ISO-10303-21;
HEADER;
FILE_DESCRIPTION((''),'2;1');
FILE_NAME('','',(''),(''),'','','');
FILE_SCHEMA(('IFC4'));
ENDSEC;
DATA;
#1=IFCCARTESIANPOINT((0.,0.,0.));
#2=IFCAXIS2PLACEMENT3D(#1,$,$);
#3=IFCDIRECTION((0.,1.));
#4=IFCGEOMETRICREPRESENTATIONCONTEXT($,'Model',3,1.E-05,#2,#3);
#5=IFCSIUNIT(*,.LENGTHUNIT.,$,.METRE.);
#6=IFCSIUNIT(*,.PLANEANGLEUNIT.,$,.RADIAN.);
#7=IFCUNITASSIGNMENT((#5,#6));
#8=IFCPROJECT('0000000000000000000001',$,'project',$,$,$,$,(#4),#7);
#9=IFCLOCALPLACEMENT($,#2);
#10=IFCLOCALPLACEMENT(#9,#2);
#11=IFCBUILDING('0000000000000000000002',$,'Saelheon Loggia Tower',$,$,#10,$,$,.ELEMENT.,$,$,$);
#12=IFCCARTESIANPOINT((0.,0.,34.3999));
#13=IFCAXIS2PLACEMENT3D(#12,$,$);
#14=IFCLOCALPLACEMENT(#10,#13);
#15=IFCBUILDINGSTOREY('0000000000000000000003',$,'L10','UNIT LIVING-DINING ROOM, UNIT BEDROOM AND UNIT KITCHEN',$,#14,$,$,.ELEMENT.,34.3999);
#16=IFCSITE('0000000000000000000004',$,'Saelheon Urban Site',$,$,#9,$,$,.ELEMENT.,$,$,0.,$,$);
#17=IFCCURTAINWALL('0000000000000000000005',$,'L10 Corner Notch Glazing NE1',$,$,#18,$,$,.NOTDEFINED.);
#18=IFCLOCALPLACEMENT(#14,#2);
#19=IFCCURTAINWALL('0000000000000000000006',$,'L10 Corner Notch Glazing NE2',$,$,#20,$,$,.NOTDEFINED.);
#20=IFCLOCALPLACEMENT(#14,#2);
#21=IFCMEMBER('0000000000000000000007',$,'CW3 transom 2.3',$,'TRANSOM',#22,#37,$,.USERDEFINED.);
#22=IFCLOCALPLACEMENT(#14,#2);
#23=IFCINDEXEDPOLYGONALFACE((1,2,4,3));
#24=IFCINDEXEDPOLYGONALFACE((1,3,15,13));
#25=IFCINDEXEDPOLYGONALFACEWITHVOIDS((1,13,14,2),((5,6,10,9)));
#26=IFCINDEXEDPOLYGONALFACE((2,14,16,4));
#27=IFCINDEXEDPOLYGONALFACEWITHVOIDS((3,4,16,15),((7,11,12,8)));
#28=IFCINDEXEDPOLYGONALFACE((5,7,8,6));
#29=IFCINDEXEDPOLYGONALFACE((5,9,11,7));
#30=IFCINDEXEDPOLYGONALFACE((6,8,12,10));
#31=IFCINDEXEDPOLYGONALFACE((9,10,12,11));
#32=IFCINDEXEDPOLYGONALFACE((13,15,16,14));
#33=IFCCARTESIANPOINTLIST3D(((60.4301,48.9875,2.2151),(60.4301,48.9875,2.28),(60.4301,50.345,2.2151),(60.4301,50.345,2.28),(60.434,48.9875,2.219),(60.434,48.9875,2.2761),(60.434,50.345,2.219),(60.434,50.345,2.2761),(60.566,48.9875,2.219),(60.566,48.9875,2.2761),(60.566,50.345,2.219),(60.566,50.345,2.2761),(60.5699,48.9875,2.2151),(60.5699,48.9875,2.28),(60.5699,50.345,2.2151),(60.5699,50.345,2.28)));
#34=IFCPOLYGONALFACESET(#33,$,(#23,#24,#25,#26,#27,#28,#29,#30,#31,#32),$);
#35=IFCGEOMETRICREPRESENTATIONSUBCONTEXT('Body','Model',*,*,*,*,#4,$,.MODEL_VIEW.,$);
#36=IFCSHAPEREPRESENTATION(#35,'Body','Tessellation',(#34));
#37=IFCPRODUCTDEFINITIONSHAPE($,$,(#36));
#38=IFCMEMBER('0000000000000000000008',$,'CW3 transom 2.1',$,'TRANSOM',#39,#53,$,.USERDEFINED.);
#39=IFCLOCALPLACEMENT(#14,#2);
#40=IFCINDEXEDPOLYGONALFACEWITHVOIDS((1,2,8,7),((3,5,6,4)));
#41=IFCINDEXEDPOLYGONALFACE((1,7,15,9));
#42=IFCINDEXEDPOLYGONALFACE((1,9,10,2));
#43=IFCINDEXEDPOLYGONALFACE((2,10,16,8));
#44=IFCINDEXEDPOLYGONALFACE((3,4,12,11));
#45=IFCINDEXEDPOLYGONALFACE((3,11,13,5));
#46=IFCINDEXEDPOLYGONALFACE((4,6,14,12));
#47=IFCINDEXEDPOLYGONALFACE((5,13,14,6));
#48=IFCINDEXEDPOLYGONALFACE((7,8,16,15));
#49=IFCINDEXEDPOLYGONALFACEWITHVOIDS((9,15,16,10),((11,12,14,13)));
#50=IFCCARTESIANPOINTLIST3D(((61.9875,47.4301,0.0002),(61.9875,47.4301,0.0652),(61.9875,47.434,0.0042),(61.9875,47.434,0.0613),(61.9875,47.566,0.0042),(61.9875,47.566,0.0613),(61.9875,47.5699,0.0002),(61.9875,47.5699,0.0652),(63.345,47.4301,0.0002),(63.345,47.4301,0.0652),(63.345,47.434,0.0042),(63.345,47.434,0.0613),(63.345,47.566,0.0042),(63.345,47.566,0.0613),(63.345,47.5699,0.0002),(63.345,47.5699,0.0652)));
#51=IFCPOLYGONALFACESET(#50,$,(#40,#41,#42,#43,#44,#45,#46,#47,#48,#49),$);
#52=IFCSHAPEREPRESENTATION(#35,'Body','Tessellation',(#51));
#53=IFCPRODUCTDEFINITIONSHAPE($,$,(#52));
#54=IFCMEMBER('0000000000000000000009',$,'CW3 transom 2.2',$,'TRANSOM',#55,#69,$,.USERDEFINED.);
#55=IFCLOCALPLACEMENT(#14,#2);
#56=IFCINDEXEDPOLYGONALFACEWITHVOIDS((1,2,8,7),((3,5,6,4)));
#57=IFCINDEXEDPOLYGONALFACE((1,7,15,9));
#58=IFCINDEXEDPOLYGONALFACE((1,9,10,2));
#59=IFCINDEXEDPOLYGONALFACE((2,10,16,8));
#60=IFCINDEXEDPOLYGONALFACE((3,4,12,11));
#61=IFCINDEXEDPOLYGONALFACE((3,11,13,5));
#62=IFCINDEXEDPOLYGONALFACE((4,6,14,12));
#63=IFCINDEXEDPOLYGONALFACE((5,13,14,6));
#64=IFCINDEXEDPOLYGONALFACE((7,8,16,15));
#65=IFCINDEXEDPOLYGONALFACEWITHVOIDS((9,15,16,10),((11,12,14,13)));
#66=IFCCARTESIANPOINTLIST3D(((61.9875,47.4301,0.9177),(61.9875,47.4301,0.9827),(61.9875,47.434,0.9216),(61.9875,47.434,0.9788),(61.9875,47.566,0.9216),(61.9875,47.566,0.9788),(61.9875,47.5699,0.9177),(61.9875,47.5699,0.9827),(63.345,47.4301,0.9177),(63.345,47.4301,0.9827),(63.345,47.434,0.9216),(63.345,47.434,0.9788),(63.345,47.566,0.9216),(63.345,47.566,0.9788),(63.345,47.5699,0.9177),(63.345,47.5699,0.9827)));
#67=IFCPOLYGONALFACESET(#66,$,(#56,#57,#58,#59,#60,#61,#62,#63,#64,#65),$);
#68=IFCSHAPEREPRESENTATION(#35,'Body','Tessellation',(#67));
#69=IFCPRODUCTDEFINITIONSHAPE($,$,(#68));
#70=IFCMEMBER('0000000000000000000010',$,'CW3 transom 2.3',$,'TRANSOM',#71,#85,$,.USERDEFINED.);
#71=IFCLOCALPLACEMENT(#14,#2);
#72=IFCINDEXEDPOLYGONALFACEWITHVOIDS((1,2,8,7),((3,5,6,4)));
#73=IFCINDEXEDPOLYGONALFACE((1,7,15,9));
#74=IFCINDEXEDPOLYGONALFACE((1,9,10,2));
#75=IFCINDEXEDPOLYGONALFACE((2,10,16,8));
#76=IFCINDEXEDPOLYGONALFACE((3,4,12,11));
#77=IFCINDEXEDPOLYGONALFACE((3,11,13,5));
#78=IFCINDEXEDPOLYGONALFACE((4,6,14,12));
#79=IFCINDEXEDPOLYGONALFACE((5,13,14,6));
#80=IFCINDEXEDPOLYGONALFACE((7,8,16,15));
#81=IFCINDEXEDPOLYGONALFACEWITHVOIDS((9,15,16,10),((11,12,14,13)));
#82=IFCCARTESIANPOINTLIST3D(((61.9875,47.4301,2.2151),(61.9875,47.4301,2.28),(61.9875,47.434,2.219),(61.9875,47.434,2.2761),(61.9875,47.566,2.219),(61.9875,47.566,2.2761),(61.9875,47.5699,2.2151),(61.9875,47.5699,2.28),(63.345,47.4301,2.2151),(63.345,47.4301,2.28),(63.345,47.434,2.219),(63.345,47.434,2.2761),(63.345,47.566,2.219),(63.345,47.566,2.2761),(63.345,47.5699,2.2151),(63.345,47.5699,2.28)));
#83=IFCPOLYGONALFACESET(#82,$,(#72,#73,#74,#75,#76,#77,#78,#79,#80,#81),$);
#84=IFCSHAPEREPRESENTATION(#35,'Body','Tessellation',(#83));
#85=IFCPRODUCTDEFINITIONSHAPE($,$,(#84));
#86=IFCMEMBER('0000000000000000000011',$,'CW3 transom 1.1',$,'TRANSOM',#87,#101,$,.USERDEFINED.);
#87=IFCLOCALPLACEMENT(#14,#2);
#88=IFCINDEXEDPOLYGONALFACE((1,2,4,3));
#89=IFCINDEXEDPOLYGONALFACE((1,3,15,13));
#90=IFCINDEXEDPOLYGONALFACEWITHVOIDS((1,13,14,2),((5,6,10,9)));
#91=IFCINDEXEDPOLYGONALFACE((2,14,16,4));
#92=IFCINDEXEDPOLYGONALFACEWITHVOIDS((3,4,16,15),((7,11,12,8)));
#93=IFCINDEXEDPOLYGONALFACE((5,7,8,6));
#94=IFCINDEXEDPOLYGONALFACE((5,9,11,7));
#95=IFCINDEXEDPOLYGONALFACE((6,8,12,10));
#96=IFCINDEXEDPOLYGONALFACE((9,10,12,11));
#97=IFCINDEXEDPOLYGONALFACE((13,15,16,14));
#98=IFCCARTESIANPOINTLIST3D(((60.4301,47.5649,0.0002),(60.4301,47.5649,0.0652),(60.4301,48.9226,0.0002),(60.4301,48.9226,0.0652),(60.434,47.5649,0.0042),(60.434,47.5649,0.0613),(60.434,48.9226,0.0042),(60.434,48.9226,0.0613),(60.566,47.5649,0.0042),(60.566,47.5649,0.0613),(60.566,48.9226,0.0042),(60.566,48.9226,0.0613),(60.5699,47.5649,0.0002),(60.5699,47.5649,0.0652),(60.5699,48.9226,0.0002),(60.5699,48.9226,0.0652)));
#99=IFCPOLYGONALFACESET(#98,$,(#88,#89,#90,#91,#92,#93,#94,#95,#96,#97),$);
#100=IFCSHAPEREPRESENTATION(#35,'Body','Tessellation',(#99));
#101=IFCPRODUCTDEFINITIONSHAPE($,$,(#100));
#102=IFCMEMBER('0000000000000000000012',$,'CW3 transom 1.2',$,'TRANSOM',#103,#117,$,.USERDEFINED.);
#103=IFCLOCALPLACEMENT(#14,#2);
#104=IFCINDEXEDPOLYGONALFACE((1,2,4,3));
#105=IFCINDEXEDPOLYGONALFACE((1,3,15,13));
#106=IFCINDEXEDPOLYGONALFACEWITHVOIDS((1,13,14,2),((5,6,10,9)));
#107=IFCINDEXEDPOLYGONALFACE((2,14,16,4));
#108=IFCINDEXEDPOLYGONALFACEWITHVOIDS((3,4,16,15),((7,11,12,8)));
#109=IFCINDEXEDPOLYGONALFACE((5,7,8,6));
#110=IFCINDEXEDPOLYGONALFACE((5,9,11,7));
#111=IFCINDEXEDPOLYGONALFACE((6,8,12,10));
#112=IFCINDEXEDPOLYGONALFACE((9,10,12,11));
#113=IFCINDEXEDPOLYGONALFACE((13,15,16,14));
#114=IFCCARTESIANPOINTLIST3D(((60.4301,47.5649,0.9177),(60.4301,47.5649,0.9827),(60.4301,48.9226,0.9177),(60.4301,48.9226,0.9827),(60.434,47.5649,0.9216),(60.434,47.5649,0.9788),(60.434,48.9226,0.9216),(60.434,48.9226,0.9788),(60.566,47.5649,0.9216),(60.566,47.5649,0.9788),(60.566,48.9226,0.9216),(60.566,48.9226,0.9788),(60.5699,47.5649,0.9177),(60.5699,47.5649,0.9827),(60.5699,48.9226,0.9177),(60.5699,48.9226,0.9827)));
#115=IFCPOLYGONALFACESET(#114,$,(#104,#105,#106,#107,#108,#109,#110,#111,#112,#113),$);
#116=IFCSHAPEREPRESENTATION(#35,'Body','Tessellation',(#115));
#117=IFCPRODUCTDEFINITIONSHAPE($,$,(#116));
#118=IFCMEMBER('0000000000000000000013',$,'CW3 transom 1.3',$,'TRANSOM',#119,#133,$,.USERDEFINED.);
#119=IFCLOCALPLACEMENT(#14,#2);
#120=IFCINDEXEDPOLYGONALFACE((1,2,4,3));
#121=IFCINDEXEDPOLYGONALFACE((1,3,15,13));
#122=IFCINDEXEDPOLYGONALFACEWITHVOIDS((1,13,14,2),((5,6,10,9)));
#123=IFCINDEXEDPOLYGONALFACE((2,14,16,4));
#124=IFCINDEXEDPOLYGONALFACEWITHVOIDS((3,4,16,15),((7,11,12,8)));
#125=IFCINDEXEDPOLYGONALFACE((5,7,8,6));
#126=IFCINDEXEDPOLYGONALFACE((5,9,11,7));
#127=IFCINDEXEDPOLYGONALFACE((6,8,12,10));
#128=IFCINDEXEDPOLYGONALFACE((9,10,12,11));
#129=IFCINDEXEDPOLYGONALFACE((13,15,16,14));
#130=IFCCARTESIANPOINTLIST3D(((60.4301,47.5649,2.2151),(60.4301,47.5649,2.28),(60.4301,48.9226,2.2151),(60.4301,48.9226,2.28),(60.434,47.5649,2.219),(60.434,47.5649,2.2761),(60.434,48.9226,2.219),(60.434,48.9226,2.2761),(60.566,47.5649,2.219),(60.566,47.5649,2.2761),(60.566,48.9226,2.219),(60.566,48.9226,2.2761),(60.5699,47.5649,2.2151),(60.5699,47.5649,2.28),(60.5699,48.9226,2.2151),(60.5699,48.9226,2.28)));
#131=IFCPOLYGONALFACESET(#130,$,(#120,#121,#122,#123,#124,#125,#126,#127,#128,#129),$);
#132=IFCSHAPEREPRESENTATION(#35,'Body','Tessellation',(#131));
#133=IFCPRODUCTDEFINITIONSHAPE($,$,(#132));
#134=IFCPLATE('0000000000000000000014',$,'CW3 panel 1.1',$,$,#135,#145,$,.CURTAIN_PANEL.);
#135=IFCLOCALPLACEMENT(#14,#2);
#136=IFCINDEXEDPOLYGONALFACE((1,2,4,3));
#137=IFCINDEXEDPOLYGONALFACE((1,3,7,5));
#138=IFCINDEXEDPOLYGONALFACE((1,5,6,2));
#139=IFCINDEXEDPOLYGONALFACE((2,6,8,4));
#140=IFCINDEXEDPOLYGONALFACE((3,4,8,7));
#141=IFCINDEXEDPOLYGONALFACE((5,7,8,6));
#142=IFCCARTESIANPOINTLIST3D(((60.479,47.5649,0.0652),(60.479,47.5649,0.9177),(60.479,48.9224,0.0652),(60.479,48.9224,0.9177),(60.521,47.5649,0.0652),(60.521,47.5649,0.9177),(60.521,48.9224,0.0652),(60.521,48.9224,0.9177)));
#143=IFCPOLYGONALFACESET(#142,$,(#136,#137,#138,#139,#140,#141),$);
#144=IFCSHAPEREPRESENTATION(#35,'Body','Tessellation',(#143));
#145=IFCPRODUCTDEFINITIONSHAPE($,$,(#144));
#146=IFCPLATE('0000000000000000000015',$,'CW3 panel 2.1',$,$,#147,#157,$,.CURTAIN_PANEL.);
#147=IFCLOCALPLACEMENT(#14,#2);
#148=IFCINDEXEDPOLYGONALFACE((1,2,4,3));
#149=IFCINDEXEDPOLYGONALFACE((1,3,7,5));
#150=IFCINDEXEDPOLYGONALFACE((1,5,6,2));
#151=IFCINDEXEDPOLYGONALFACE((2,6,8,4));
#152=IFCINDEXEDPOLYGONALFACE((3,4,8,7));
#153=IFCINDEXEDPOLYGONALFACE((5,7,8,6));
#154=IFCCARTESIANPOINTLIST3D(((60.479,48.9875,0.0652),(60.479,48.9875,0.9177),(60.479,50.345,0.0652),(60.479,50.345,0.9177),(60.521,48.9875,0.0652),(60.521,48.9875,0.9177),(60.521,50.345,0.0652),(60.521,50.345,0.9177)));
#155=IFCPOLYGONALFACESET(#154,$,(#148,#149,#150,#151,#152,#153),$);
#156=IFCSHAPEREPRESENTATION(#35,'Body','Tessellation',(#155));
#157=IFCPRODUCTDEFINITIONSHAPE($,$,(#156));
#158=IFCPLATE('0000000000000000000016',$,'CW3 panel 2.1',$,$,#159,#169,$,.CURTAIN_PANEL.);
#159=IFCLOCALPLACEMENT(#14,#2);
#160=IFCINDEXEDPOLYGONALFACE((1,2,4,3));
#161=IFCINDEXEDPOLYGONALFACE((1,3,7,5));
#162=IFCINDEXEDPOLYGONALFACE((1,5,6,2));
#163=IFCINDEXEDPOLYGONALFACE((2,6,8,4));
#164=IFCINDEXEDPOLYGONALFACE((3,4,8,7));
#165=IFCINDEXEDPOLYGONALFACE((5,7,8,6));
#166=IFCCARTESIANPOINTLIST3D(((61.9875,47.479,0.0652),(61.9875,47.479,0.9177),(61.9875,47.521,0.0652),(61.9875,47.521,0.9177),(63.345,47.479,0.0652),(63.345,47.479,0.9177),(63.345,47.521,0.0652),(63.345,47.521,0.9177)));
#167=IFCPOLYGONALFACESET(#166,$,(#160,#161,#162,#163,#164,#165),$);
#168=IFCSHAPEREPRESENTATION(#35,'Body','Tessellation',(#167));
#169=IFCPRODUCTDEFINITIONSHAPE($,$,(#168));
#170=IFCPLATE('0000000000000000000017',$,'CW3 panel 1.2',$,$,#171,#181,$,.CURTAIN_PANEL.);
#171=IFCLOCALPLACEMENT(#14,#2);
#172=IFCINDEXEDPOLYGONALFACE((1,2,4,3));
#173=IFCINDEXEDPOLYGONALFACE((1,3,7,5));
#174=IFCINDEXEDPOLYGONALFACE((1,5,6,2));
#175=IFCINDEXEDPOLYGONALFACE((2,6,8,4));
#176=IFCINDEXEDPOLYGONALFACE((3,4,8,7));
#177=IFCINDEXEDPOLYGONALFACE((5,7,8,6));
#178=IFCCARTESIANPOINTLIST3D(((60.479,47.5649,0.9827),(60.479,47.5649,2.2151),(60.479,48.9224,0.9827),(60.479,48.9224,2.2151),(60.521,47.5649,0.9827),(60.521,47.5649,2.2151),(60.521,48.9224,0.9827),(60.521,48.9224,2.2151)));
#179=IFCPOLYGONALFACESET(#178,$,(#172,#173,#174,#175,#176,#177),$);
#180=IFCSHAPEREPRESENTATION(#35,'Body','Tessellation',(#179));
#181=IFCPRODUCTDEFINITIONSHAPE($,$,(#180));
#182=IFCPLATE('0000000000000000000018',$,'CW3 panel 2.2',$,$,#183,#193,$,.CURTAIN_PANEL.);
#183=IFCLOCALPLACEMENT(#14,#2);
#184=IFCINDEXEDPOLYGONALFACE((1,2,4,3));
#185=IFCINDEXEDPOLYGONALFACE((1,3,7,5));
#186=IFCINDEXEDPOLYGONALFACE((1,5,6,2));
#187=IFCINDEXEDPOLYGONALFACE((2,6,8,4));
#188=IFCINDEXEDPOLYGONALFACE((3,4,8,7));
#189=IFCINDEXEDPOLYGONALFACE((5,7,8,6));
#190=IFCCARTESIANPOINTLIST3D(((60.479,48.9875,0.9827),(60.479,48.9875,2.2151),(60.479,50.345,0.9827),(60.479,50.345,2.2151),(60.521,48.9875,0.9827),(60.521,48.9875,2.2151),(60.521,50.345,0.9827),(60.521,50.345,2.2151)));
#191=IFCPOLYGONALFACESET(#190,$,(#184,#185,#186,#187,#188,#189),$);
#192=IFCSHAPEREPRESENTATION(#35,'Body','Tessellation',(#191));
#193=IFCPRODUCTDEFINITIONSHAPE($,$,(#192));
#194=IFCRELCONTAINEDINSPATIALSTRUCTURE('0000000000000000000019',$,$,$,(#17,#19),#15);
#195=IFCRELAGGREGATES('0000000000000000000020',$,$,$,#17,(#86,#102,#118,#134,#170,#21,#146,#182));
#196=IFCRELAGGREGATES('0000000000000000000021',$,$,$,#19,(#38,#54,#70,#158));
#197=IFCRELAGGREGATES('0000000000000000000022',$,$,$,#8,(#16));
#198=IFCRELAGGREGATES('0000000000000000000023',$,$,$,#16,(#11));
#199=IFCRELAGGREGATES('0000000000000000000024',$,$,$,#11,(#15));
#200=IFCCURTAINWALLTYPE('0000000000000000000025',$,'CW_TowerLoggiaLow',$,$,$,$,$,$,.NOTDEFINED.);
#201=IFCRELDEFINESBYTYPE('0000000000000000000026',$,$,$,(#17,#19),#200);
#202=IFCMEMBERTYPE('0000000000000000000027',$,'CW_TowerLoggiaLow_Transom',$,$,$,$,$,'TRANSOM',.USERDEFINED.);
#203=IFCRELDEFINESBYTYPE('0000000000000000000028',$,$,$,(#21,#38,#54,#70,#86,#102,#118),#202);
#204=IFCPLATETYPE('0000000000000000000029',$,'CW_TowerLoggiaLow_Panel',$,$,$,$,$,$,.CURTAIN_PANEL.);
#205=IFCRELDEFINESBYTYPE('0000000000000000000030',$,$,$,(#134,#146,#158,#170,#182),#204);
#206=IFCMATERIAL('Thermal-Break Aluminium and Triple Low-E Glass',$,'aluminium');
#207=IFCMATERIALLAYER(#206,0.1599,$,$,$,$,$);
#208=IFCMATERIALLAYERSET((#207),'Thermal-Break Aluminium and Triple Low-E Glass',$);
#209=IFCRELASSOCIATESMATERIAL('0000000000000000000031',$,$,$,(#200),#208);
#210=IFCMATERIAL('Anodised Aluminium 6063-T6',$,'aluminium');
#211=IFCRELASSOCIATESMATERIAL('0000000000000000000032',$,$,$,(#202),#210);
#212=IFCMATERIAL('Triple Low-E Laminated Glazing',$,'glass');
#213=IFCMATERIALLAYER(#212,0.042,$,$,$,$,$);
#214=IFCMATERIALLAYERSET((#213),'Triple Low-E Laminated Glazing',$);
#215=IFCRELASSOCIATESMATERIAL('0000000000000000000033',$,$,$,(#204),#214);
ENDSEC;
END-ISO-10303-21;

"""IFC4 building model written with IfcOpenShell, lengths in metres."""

from ifc_helpers import new_model, si_unit, direction, frame, origin, origin_2d, place, context, subcontext, project, spatial, rectangle, hollow_rectangle, extrude, source, transform, mapped, material, layer, layer_set, material_profile, profile_set, type_object, element, aggregate, save


model = new_model("IFC4")

# Units and contexts
model_context = context("Model", 3, precision=1e-05, world=origin(), true_north=direction((0.0, 1.0)))
body_context = subcontext(model_context, "Body", "Model", "MODEL_VIEW")
ifc_project = project(units=[si_unit("LENGTHUNIT", "METRE"), si_unit("PLANEANGLEUNIT", "RADIAN")], contexts=[model_context])

# Site, building, storey
site_placement = place(None, origin())
site = spatial("IfcSite", under=ifc_project, at=site_placement, Name="Saelheon Urban Site", CompositionType="ELEMENT", RefElevation=0.0)
building_placement = place(site_placement, origin())
building = spatial("IfcBuilding", under=site, at=building_placement, Name="Saelheon Loggia Tower", CompositionType="ELEMENT")
storey_placement = place(building_placement, frame((0.0, 0.0, 34.3999)))
storey = spatial("IfcBuildingStorey", under=building, at=storey_placement, Name="L10", Description="UNIT LIVING-DINING ROOM, UNIT BEDROOM AND UNIT KITCHEN", CompositionType="ELEMENT", Elevation=34.3999)

# Curtain walls
ifc_material_1 = material(Name="Thermal-Break Aluminium and Triple Low-E Glass", Category="aluminium")
ifc_layer_1 = layer(ifc_material_1, 0.1599)
ifc_layer_set_1 = layer_set([ifc_layer_1], Name="Thermal-Break Aluminium and Triple Low-E Glass")
curtain_wall_type = type_object("IfcCurtainWallType", Name="CW_TowerLoggiaLow", PredefinedType="NOTDEFINED", material=ifc_layer_set_1)
curtain_wall_1_placement = place(storey_placement, origin())
curtain_wall_1 = element("IfcCurtainWall", 1, at=curtain_wall_1_placement, inside=storey, type_object=curtain_wall_type, Name="L10 Corner Notch Glazing NE1", PredefinedType="NOTDEFINED")
ifc_material_2 = material(Name="Anodised Aluminium 6063-T6", Category="aluminium")
curtain_wall_2_placement = place(storey_placement, origin())
curtain_wall_2 = element("IfcCurtainWall", 2, at=curtain_wall_2_placement, inside=storey, type_object=curtain_wall_type, Name="L10 Corner Notch Glazing NE2", PredefinedType="NOTDEFINED")

# Members
ifc_material_profile_1 = material_profile(ifc_material_2, hollow_rectangle(XDim=0.0649, YDim=0.1399, WallThickness=0.0039, at=origin_2d()), Name="RHS-140x65x4")
ifc_profile_set_1 = profile_set([ifc_material_profile_1], Name="Anodised Aluminium 6063-T6")
member_type_1 = type_object("IfcMemberType", Name="CW_TowerLoggiaLow_Transom", ElementType="TRANSOM", PredefinedType="USERDEFINED", material=ifc_profile_set_1)
shared_shape_1 = source(origin(), body_context, "Body", "SweptSolid", [
    extrude(hollow_rectangle(XDim=0.0649, YDim=0.1399, WallThickness=0.0039, at=origin_2d()), origin(), (0.0, 0.0, 1.0), 1.3574),
])
member_1_placement = place(storey_placement, frame((60.5, 48.9875, 2.2476), z_axis=(0.0, 1.0, 0.0), x_axis=(0.0, 0.0, 1.0)))
member_1 = element("IfcMember", 3, at=member_1_placement, type_object=member_type_1, Name="CW3 transom 2.3", ObjectType="TRANSOM", PredefinedType="USERDEFINED", context=body_context, shape_type="MappedRepresentation", body=[
    mapped(shared_shape_1, transform((0.0, 0.0, 0.0), scale=1.0)),
])
member_2_placement = place(storey_placement, frame((61.9875, 47.5, 0.0327), z_axis=(1.0, 0.0, 0.0), x_axis=(0.0, 0.0, 1.0)))
member_2 = element("IfcMember", 4, at=member_2_placement, type_object=member_type_1, Name="CW3 transom 2.1", ObjectType="TRANSOM", PredefinedType="USERDEFINED", context=body_context, shape_type="MappedRepresentation", body=[
    mapped(shared_shape_1, transform((0.0, 0.0, 0.0), scale=1.0)),
])
member_3_placement = place(storey_placement, frame((61.9875, 47.5, 0.9502), z_axis=(1.0, 0.0, 0.0), x_axis=(0.0, 0.0, 1.0)))
member_3 = element("IfcMember", 5, at=member_3_placement, type_object=member_type_1, Name="CW3 transom 2.2", ObjectType="TRANSOM", PredefinedType="USERDEFINED", context=body_context, shape_type="MappedRepresentation", body=[
    mapped(shared_shape_1, transform((0.0, 0.0, 0.0), scale=1.0)),
])
member_4_placement = place(storey_placement, frame((61.9875, 47.5, 2.2476), z_axis=(1.0, 0.0, 0.0), x_axis=(0.0, 0.0, 1.0)))
member_4 = element("IfcMember", 6, at=member_4_placement, type_object=member_type_1, Name="CW3 transom 2.3", ObjectType="TRANSOM", PredefinedType="USERDEFINED", context=body_context, shape_type="MappedRepresentation", body=[
    mapped(shared_shape_1, transform((0.0, 0.0, 0.0), scale=1.0)),
])
shared_shape_2 = source(origin(), body_context, "Body", "SweptSolid", [
    extrude(hollow_rectangle(XDim=0.0649, YDim=0.1399, WallThickness=0.0039, at=origin_2d()), origin(), (0.0, 0.0, 1.0), 1.3577),
])
member_5_placement = place(storey_placement, frame((60.5, 47.5649, 0.0327), z_axis=(0.0, 1.0, 0.0), x_axis=(0.0, 0.0, 1.0)))
member_5 = element("IfcMember", 7, at=member_5_placement, type_object=member_type_1, Name="CW3 transom 1.1", ObjectType="TRANSOM", PredefinedType="USERDEFINED", context=body_context, shape_type="MappedRepresentation", body=[
    mapped(shared_shape_2, transform((0.0, 0.0, 0.0), scale=1.0)),
])
member_6_placement = place(storey_placement, frame((60.5, 47.5649, 0.9502), z_axis=(0.0, 1.0, 0.0), x_axis=(0.0, 0.0, 1.0)))
member_6 = element("IfcMember", 8, at=member_6_placement, type_object=member_type_1, Name="CW3 transom 1.2", ObjectType="TRANSOM", PredefinedType="USERDEFINED", context=body_context, shape_type="MappedRepresentation", body=[
    mapped(shared_shape_2, transform((0.0, 0.0, 0.0), scale=1.0)),
])
member_7_placement = place(storey_placement, frame((60.5, 47.5649, 2.2476), z_axis=(0.0, 1.0, 0.0), x_axis=(0.0, 0.0, 1.0)))
member_7 = element("IfcMember", 9, at=member_7_placement, type_object=member_type_1, Name="CW3 transom 1.3", ObjectType="TRANSOM", PredefinedType="USERDEFINED", context=body_context, shape_type="MappedRepresentation", body=[
    mapped(shared_shape_2, transform((0.0, 0.0, 0.0), scale=1.0)),
])

# Plates
ifc_material_3 = material(Name="Triple Low-E Laminated Glazing", Category="glass")
ifc_layer_2 = layer(ifc_material_3, 0.042)
ifc_layer_set_2 = layer_set([ifc_layer_2], Name="Triple Low-E Laminated Glazing")
plate_type = type_object("IfcPlateType", Name="CW_TowerLoggiaLow_Panel", PredefinedType="CURTAIN_PANEL", material=ifc_layer_set_2)
shared_shape_3 = source(origin(), body_context, "Body", "SweptSolid", [
    extrude(rectangle(XDim=1.3574, YDim=0.042, at=origin_2d()), origin(), (0.0, 0.0, 1.0), 0.8525),
])
plate_1_placement = place(storey_placement, frame((60.5, 48.2437, 0.0652), z_axis=(0.0, 0.0, 1.0), x_axis=(0.0, 1.0, 0.0)))
plate_1 = element("IfcPlate", 10, at=plate_1_placement, type_object=plate_type, Name="CW3 panel 1.1", PredefinedType="CURTAIN_PANEL", context=body_context, shape_type="MappedRepresentation", body=[
    mapped(shared_shape_3, transform((0.0, 0.0, 0.0), scale=1.0)),
])
plate_2_placement = place(storey_placement, frame((60.5, 49.6663, 0.0652), z_axis=(0.0, 0.0, 1.0), x_axis=(0.0, 1.0, 0.0)))
plate_2 = element("IfcPlate", 11, at=plate_2_placement, type_object=plate_type, Name="CW3 panel 2.1", PredefinedType="CURTAIN_PANEL", context=body_context, shape_type="MappedRepresentation", body=[
    mapped(shared_shape_3, transform((0.0, 0.0, 0.0), scale=1.0)),
])
plate_3_placement = place(storey_placement, frame((62.6663, 47.5, 0.0652), z_axis=(0.0, 0.0, 1.0), x_axis=(1.0, 0.0, 0.0)))
plate_3 = element("IfcPlate", 12, at=plate_3_placement, type_object=plate_type, Name="CW3 panel 2.1", PredefinedType="CURTAIN_PANEL", context=body_context, shape_type="MappedRepresentation", body=[
    mapped(shared_shape_3, transform((0.0, 0.0, 0.0), scale=1.0)),
])
shared_shape_4 = source(origin(), body_context, "Body", "SweptSolid", [
    extrude(rectangle(XDim=1.3574, YDim=0.042, at=origin_2d()), origin(), (0.0, 0.0, 1.0), 1.2324),
])
plate_4_placement = place(storey_placement, frame((60.5, 48.2437, 0.9827), z_axis=(0.0, 0.0, 1.0), x_axis=(0.0, 1.0, 0.0)))
plate_4 = element("IfcPlate", 13, at=plate_4_placement, type_object=plate_type, Name="CW3 panel 1.2", PredefinedType="CURTAIN_PANEL", context=body_context, shape_type="MappedRepresentation", body=[
    mapped(shared_shape_4, transform((0.0, 0.0, 0.0), scale=1.0)),
])
plate_5_placement = place(storey_placement, frame((60.5, 49.6663, 0.9827), z_axis=(0.0, 0.0, 1.0), x_axis=(0.0, 1.0, 0.0)))
plate_5 = element("IfcPlate", 14, at=plate_5_placement, type_object=plate_type, Name="CW3 panel 2.2", PredefinedType="CURTAIN_PANEL", context=body_context, shape_type="MappedRepresentation", body=[
    mapped(shared_shape_4, transform((0.0, 0.0, 0.0), scale=1.0)),
])
aggregate(curtain_wall_1, [member_5, member_6, member_7, plate_1, plate_4, member_1, plate_2, plate_5])
aggregate(curtain_wall_2, [member_2, member_3, member_4, plate_3])

save(model, "model.ifc")
